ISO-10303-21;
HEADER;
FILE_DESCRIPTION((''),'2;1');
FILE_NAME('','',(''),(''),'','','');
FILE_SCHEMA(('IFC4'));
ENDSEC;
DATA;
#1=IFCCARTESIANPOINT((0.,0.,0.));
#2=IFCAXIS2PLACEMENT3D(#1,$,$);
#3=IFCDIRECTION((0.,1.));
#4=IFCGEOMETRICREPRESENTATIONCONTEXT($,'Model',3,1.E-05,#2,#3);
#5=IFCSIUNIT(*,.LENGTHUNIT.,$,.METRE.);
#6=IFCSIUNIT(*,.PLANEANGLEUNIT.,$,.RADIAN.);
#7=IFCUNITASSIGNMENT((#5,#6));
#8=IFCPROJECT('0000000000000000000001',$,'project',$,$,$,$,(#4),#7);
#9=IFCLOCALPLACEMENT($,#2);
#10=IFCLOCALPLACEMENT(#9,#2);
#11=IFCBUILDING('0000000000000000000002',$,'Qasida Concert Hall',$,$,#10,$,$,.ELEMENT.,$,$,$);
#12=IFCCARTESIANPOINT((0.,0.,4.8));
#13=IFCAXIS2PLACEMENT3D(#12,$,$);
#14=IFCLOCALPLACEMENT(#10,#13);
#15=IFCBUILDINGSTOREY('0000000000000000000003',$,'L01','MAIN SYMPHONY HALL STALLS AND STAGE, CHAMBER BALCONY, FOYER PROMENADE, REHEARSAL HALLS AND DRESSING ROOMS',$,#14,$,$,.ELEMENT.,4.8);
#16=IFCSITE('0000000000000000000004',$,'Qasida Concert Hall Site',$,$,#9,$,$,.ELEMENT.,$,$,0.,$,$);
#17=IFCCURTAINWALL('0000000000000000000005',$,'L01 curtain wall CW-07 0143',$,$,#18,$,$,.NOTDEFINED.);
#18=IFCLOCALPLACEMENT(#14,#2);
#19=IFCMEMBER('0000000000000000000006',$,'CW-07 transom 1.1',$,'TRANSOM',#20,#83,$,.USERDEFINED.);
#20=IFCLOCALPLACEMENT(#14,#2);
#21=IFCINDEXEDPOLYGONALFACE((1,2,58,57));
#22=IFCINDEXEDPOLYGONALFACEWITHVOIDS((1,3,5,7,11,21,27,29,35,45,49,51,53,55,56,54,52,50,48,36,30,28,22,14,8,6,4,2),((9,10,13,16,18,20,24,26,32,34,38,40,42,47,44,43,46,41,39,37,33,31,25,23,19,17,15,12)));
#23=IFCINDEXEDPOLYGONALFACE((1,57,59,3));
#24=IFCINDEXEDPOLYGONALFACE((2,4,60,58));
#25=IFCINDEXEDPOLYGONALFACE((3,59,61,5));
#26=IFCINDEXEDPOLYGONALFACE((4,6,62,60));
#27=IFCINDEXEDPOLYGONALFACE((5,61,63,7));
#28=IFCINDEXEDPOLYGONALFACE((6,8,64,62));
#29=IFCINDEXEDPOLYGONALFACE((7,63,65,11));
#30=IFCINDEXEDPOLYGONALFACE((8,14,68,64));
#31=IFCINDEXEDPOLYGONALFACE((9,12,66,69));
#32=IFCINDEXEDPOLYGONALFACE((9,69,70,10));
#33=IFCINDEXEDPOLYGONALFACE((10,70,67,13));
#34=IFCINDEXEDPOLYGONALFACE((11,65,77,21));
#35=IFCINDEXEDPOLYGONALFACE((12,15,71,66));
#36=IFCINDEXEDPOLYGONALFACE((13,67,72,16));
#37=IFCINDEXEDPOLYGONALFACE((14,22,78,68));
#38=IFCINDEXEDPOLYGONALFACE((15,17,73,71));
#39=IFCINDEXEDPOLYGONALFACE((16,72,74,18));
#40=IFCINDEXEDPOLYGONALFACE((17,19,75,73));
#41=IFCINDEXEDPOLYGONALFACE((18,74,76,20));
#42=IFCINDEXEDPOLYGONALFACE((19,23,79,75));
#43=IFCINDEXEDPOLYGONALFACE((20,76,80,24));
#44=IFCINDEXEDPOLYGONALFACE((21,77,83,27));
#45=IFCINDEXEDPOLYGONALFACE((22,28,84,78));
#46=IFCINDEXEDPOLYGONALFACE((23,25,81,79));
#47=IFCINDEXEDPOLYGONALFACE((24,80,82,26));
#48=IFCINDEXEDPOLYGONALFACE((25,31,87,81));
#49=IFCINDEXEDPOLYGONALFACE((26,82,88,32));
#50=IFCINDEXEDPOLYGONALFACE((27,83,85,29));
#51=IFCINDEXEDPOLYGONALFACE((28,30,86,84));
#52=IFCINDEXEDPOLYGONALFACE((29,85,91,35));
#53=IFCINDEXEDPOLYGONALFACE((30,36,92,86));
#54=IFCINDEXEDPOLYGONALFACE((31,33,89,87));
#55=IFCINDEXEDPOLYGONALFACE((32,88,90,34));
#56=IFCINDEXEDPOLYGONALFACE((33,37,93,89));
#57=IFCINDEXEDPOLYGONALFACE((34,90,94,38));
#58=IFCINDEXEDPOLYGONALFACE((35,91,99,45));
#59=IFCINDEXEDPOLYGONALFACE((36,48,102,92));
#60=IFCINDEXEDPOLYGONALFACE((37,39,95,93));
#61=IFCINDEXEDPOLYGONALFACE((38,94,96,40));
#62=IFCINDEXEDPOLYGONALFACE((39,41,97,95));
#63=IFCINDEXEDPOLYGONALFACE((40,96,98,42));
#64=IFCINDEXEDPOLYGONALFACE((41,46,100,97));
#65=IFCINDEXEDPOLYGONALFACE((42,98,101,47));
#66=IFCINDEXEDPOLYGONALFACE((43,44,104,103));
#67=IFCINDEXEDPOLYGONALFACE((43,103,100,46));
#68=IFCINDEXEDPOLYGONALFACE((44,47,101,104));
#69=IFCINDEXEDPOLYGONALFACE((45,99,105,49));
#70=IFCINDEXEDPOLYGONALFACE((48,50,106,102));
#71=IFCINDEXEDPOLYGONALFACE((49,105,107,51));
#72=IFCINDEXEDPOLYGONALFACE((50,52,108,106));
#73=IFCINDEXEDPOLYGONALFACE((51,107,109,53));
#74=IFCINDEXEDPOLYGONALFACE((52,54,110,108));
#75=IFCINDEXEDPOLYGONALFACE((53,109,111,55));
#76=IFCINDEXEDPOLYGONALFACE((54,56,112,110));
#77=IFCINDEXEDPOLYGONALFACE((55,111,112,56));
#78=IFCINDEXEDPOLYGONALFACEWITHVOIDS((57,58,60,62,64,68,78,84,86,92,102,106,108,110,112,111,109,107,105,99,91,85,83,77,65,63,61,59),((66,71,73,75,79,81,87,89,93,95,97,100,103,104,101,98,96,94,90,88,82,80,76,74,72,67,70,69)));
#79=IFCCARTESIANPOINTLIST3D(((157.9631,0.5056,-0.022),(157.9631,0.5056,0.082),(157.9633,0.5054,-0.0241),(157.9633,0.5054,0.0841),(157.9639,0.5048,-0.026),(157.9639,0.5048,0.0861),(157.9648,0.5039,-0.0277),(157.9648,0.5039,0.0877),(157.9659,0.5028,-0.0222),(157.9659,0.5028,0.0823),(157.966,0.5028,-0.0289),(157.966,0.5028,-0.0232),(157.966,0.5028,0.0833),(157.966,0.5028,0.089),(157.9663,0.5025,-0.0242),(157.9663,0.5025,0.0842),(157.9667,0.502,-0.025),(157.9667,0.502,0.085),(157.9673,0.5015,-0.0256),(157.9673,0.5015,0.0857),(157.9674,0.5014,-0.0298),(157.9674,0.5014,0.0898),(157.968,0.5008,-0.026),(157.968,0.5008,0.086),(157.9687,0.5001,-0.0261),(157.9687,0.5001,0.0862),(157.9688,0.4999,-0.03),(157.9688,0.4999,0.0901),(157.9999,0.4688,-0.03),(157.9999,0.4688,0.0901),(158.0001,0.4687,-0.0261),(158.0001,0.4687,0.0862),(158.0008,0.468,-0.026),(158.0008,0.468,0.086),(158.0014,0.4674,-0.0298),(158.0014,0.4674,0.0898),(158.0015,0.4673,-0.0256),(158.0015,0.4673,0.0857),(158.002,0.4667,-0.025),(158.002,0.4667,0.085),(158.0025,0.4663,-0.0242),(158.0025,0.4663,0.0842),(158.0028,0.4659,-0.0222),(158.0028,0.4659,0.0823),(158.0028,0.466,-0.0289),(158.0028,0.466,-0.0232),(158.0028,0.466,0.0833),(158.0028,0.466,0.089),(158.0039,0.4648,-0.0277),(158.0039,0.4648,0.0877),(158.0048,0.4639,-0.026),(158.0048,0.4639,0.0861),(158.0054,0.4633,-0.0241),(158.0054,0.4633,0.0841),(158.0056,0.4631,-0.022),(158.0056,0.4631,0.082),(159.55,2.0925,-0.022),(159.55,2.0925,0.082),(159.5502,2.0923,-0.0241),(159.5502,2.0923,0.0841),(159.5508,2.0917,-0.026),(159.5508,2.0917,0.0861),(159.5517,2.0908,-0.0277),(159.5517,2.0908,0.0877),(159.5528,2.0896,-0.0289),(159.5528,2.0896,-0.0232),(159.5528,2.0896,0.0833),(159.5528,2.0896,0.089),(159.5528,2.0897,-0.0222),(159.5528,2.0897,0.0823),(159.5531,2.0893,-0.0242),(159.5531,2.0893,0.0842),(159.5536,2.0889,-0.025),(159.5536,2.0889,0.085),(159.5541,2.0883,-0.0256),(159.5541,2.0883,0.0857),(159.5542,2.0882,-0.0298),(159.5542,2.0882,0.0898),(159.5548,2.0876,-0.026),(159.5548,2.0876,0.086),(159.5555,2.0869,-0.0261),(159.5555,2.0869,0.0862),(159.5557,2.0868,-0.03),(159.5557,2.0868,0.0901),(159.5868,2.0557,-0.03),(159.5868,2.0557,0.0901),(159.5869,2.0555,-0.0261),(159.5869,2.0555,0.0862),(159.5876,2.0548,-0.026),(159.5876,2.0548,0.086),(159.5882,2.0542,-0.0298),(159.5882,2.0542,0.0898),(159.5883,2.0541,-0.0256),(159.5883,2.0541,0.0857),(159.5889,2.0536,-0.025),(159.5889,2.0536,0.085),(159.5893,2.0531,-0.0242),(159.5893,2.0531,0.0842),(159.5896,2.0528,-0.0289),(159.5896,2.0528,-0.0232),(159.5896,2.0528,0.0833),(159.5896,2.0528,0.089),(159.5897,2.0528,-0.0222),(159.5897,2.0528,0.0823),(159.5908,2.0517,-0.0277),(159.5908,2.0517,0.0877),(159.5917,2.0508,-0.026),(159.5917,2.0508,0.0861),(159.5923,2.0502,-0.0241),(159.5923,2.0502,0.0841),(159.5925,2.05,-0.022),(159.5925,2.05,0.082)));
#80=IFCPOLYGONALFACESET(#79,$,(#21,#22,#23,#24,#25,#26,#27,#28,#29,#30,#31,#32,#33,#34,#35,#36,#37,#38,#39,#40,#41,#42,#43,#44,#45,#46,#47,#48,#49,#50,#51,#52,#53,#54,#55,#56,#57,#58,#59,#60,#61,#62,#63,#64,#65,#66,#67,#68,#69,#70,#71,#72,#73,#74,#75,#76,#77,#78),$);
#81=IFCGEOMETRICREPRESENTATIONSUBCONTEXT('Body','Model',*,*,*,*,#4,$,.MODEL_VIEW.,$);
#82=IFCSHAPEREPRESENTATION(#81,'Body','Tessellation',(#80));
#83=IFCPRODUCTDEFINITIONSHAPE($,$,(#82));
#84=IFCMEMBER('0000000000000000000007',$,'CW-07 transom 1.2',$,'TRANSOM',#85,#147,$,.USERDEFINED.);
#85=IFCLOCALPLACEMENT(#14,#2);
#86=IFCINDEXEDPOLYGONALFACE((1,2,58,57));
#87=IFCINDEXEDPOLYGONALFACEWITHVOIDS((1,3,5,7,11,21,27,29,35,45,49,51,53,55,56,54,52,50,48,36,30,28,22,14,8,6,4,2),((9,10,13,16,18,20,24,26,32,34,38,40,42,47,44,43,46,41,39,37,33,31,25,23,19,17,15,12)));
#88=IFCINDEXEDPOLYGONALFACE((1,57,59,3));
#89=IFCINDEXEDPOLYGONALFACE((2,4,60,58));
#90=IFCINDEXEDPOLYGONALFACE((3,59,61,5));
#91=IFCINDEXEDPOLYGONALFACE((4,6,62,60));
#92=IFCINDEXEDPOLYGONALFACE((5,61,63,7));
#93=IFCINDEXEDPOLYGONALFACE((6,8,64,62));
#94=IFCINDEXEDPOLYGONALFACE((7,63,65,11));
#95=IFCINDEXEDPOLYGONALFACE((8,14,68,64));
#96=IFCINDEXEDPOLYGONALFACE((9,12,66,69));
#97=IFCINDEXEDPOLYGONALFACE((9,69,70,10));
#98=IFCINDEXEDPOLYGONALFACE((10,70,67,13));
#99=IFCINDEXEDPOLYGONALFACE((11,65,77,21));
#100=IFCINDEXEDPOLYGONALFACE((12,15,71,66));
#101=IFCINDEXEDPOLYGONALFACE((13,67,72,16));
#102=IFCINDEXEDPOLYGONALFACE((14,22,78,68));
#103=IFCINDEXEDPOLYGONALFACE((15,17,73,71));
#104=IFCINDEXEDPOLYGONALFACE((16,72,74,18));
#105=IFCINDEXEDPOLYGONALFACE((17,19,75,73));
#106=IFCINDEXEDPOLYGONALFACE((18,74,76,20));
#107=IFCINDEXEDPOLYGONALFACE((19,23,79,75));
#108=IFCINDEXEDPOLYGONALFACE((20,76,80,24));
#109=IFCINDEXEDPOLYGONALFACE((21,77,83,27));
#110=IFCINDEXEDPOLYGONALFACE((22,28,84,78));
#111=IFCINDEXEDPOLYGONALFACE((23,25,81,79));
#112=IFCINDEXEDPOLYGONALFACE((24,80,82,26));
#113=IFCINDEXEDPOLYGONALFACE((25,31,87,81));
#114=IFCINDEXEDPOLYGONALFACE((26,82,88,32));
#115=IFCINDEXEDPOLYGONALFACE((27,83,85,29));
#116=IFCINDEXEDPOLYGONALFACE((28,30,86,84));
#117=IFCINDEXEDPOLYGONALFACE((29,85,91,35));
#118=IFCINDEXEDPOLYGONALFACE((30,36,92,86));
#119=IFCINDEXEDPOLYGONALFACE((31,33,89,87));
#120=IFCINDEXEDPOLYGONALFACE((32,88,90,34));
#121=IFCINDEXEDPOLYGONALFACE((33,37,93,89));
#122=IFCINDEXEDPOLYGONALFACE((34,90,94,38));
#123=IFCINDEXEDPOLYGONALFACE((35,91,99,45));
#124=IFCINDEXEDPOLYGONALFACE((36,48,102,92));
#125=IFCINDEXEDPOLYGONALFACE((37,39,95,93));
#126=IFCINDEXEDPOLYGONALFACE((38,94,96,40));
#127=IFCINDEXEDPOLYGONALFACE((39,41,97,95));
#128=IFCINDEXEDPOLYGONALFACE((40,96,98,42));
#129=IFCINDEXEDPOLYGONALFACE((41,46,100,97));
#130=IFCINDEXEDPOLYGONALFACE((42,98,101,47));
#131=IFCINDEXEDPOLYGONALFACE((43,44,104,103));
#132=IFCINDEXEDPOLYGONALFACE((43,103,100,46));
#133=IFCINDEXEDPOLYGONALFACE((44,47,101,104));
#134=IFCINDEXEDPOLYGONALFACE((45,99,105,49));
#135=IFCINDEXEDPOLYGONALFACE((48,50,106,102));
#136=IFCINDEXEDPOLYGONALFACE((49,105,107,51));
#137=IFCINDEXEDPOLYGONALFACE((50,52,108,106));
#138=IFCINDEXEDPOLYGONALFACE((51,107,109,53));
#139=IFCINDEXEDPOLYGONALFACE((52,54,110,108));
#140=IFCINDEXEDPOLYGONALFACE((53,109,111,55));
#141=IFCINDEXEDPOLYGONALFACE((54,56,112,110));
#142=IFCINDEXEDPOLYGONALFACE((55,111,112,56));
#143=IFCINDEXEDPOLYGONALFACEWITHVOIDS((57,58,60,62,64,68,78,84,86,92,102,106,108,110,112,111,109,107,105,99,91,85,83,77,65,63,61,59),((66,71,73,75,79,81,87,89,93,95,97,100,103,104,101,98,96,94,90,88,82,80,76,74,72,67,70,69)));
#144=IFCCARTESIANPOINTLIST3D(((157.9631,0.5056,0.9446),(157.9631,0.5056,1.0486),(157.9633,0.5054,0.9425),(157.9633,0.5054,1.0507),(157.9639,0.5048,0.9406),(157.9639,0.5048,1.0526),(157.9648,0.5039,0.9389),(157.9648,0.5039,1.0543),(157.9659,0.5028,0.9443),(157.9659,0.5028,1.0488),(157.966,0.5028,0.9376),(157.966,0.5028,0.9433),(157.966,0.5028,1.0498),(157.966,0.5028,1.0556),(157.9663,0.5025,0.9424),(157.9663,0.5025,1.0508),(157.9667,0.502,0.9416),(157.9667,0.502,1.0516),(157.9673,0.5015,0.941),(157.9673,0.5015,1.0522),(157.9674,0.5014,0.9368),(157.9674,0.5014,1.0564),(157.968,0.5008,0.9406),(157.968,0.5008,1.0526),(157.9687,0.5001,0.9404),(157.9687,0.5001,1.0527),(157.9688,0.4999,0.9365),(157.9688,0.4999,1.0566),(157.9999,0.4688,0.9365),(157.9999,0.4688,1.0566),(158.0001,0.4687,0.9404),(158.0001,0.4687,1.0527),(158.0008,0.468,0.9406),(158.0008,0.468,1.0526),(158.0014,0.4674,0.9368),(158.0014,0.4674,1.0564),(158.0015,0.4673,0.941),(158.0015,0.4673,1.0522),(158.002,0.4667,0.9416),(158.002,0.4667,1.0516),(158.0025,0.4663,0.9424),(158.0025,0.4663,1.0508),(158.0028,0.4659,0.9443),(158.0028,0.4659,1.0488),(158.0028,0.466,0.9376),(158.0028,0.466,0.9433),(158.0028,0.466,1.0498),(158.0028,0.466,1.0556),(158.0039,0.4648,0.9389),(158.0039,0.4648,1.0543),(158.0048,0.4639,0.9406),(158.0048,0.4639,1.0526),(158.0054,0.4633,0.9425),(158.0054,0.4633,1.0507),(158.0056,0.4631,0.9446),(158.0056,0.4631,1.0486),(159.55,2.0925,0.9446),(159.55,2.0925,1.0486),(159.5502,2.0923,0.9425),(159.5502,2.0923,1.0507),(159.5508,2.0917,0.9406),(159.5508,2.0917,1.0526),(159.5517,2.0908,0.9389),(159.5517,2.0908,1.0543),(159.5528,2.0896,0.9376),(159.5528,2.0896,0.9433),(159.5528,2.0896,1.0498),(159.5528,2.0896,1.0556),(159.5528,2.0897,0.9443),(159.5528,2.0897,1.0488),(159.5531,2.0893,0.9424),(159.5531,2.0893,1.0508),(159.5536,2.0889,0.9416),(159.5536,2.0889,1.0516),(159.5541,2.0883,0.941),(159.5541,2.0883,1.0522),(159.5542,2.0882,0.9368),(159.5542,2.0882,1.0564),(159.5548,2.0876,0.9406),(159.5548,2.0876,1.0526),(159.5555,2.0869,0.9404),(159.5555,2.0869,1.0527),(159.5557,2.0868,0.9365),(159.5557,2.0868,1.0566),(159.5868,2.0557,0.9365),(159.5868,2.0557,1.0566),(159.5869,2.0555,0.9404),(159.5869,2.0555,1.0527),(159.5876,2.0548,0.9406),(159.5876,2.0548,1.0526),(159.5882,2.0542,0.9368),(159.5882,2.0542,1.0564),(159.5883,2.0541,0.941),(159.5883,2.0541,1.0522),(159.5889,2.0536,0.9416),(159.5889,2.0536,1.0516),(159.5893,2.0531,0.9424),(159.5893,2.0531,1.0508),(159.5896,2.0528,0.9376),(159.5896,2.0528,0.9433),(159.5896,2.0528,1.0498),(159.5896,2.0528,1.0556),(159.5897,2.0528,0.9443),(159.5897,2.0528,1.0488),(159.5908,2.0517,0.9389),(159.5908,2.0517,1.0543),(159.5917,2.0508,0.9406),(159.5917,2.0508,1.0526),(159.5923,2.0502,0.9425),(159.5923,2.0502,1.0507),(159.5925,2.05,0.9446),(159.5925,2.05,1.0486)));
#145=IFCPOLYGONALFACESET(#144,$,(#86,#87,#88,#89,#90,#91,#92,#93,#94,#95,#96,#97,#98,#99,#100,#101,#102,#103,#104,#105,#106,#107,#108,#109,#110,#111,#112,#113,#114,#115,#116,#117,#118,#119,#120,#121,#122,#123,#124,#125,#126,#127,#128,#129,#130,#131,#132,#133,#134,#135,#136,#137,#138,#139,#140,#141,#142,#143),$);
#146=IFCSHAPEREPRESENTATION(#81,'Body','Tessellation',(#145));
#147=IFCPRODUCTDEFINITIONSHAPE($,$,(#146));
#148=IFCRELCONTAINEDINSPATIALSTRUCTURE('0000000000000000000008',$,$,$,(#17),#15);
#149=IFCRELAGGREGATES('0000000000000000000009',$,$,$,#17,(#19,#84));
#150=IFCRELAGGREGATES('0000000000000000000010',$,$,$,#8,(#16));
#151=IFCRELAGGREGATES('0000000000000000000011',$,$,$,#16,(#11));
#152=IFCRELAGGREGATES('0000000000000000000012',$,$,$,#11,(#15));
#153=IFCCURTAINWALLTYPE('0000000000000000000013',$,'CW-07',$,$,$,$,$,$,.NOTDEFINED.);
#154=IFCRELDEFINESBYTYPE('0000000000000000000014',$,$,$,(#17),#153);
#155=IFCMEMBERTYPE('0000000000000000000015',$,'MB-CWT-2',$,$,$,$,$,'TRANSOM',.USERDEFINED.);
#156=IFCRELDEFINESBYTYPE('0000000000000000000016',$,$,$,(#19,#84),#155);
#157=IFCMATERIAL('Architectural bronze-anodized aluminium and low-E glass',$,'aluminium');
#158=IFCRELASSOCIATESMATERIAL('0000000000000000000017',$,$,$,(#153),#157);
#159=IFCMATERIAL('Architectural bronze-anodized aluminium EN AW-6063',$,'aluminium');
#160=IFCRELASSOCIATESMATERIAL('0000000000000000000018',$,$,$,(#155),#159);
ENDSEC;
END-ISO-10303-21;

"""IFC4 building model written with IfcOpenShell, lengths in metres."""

from ifc_helpers import new_model, si_unit, direction, frame, origin, origin_2d, place, context, subcontext, project, spatial, hollow_rectangle, extrude, material, material_profile, profile_set, type_object, element, aggregate, save


model = new_model("IFC4")

# Units and contexts
model_context = context("Model", 3, precision=1e-05, world=origin(), true_north=direction((0.0, 1.0)))
body_context = subcontext(model_context, "Body", "Model", "MODEL_VIEW")
ifc_project = project(units=[si_unit("LENGTHUNIT", "METRE"), si_unit("PLANEANGLEUNIT", "RADIAN")], contexts=[model_context])

# Site, building, storey
site_placement = place(None, origin())
site = spatial("IfcSite", under=ifc_project, at=site_placement, Name="Qasida Concert Hall Site", CompositionType="ELEMENT", RefElevation=0.0)
building_placement = place(site_placement, origin())
building = spatial("IfcBuilding", under=site, at=building_placement, Name="Qasida Concert Hall", CompositionType="ELEMENT")
storey_placement = place(building_placement, frame((0.0, 0.0, 4.8)))
storey = spatial("IfcBuildingStorey", under=building, at=storey_placement, Name="L01", Description="MAIN SYMPHONY HALL STALLS AND STAGE, CHAMBER BALCONY, FOYER PROMENADE, REHEARSAL HALLS AND DRESSING ROOMS", CompositionType="ELEMENT", Elevation=4.8)

# Curtain wall, members
ifc_material_1 = material(Name="Architectural bronze-anodized aluminium and low-E glass", Category="aluminium")
curtain_wall_type = type_object("IfcCurtainWallType", Name="CW-07", PredefinedType="NOTDEFINED", material=ifc_material_1)
curtain_wall_placement = place(storey_placement, origin())
curtain_wall = element("IfcCurtainWall", 1, at=curtain_wall_placement, inside=storey, type_object=curtain_wall_type, Name="L01 curtain wall CW-07 0143", PredefinedType="NOTDEFINED")
ifc_material_2 = material(Name="Architectural bronze-anodized aluminium EN AW-6063", Category="aluminium")
ifc_material_profile_1 = material_profile(ifc_material_2, hollow_rectangle(XDim=0.0601, YDim=0.1201, WallThickness=0.0039, InnerFilletRadius=0.0039, OuterFilletRadius=0.0081, at=origin_2d()), Name="CWT 120x60x4")
ifc_profile_set_1 = profile_set([ifc_material_profile_1], Name="Architectural bronze-anodized aluminium EN AW-6063")
member_type_1 = type_object("IfcMemberType", Name="MB-CWT-2", ElementType="TRANSOM", PredefinedType="USERDEFINED", material=ifc_profile_set_1)
member_1_placement = place(storey_placement, frame((157.9844, 0.4844, 0.03), z_axis=(0.707107, 0.707107, 0.0), x_axis=(-0.707107, 0.707107, 0.0)))
member_1 = element("IfcMember", 2, at=member_1_placement, type_object=member_type_1, Name="CW-07 transom 1.1", ObjectType="TRANSOM", PredefinedType="USERDEFINED", context=body_context, shape_type="SweptSolid", body=[
    extrude(hollow_rectangle(XDim=0.0601, YDim=0.1201, WallThickness=0.0039, InnerFilletRadius=0.0039, OuterFilletRadius=0.0081, at=origin_2d()), origin(), (0.0, 0.0, 1.0), 2.2441),
])
member_2_placement = place(storey_placement, frame((157.9844, 0.4844, 0.9966), z_axis=(0.707107, 0.707107, 0.0), x_axis=(-0.707107, 0.707107, 0.0)))
member_2 = element("IfcMember", 3, at=member_2_placement, type_object=member_type_1, Name="CW-07 transom 1.2", ObjectType="TRANSOM", PredefinedType="USERDEFINED", context=body_context, shape_type="SweptSolid", body=[
    extrude(hollow_rectangle(XDim=0.0601, YDim=0.1201, WallThickness=0.0039, InnerFilletRadius=0.0039, OuterFilletRadius=0.0081, at=origin_2d()), origin(), (0.0, 0.0, 1.0), 2.2441),
])
aggregate(curtain_wall, [member_1, member_2])

save(model, "model.ifc")
